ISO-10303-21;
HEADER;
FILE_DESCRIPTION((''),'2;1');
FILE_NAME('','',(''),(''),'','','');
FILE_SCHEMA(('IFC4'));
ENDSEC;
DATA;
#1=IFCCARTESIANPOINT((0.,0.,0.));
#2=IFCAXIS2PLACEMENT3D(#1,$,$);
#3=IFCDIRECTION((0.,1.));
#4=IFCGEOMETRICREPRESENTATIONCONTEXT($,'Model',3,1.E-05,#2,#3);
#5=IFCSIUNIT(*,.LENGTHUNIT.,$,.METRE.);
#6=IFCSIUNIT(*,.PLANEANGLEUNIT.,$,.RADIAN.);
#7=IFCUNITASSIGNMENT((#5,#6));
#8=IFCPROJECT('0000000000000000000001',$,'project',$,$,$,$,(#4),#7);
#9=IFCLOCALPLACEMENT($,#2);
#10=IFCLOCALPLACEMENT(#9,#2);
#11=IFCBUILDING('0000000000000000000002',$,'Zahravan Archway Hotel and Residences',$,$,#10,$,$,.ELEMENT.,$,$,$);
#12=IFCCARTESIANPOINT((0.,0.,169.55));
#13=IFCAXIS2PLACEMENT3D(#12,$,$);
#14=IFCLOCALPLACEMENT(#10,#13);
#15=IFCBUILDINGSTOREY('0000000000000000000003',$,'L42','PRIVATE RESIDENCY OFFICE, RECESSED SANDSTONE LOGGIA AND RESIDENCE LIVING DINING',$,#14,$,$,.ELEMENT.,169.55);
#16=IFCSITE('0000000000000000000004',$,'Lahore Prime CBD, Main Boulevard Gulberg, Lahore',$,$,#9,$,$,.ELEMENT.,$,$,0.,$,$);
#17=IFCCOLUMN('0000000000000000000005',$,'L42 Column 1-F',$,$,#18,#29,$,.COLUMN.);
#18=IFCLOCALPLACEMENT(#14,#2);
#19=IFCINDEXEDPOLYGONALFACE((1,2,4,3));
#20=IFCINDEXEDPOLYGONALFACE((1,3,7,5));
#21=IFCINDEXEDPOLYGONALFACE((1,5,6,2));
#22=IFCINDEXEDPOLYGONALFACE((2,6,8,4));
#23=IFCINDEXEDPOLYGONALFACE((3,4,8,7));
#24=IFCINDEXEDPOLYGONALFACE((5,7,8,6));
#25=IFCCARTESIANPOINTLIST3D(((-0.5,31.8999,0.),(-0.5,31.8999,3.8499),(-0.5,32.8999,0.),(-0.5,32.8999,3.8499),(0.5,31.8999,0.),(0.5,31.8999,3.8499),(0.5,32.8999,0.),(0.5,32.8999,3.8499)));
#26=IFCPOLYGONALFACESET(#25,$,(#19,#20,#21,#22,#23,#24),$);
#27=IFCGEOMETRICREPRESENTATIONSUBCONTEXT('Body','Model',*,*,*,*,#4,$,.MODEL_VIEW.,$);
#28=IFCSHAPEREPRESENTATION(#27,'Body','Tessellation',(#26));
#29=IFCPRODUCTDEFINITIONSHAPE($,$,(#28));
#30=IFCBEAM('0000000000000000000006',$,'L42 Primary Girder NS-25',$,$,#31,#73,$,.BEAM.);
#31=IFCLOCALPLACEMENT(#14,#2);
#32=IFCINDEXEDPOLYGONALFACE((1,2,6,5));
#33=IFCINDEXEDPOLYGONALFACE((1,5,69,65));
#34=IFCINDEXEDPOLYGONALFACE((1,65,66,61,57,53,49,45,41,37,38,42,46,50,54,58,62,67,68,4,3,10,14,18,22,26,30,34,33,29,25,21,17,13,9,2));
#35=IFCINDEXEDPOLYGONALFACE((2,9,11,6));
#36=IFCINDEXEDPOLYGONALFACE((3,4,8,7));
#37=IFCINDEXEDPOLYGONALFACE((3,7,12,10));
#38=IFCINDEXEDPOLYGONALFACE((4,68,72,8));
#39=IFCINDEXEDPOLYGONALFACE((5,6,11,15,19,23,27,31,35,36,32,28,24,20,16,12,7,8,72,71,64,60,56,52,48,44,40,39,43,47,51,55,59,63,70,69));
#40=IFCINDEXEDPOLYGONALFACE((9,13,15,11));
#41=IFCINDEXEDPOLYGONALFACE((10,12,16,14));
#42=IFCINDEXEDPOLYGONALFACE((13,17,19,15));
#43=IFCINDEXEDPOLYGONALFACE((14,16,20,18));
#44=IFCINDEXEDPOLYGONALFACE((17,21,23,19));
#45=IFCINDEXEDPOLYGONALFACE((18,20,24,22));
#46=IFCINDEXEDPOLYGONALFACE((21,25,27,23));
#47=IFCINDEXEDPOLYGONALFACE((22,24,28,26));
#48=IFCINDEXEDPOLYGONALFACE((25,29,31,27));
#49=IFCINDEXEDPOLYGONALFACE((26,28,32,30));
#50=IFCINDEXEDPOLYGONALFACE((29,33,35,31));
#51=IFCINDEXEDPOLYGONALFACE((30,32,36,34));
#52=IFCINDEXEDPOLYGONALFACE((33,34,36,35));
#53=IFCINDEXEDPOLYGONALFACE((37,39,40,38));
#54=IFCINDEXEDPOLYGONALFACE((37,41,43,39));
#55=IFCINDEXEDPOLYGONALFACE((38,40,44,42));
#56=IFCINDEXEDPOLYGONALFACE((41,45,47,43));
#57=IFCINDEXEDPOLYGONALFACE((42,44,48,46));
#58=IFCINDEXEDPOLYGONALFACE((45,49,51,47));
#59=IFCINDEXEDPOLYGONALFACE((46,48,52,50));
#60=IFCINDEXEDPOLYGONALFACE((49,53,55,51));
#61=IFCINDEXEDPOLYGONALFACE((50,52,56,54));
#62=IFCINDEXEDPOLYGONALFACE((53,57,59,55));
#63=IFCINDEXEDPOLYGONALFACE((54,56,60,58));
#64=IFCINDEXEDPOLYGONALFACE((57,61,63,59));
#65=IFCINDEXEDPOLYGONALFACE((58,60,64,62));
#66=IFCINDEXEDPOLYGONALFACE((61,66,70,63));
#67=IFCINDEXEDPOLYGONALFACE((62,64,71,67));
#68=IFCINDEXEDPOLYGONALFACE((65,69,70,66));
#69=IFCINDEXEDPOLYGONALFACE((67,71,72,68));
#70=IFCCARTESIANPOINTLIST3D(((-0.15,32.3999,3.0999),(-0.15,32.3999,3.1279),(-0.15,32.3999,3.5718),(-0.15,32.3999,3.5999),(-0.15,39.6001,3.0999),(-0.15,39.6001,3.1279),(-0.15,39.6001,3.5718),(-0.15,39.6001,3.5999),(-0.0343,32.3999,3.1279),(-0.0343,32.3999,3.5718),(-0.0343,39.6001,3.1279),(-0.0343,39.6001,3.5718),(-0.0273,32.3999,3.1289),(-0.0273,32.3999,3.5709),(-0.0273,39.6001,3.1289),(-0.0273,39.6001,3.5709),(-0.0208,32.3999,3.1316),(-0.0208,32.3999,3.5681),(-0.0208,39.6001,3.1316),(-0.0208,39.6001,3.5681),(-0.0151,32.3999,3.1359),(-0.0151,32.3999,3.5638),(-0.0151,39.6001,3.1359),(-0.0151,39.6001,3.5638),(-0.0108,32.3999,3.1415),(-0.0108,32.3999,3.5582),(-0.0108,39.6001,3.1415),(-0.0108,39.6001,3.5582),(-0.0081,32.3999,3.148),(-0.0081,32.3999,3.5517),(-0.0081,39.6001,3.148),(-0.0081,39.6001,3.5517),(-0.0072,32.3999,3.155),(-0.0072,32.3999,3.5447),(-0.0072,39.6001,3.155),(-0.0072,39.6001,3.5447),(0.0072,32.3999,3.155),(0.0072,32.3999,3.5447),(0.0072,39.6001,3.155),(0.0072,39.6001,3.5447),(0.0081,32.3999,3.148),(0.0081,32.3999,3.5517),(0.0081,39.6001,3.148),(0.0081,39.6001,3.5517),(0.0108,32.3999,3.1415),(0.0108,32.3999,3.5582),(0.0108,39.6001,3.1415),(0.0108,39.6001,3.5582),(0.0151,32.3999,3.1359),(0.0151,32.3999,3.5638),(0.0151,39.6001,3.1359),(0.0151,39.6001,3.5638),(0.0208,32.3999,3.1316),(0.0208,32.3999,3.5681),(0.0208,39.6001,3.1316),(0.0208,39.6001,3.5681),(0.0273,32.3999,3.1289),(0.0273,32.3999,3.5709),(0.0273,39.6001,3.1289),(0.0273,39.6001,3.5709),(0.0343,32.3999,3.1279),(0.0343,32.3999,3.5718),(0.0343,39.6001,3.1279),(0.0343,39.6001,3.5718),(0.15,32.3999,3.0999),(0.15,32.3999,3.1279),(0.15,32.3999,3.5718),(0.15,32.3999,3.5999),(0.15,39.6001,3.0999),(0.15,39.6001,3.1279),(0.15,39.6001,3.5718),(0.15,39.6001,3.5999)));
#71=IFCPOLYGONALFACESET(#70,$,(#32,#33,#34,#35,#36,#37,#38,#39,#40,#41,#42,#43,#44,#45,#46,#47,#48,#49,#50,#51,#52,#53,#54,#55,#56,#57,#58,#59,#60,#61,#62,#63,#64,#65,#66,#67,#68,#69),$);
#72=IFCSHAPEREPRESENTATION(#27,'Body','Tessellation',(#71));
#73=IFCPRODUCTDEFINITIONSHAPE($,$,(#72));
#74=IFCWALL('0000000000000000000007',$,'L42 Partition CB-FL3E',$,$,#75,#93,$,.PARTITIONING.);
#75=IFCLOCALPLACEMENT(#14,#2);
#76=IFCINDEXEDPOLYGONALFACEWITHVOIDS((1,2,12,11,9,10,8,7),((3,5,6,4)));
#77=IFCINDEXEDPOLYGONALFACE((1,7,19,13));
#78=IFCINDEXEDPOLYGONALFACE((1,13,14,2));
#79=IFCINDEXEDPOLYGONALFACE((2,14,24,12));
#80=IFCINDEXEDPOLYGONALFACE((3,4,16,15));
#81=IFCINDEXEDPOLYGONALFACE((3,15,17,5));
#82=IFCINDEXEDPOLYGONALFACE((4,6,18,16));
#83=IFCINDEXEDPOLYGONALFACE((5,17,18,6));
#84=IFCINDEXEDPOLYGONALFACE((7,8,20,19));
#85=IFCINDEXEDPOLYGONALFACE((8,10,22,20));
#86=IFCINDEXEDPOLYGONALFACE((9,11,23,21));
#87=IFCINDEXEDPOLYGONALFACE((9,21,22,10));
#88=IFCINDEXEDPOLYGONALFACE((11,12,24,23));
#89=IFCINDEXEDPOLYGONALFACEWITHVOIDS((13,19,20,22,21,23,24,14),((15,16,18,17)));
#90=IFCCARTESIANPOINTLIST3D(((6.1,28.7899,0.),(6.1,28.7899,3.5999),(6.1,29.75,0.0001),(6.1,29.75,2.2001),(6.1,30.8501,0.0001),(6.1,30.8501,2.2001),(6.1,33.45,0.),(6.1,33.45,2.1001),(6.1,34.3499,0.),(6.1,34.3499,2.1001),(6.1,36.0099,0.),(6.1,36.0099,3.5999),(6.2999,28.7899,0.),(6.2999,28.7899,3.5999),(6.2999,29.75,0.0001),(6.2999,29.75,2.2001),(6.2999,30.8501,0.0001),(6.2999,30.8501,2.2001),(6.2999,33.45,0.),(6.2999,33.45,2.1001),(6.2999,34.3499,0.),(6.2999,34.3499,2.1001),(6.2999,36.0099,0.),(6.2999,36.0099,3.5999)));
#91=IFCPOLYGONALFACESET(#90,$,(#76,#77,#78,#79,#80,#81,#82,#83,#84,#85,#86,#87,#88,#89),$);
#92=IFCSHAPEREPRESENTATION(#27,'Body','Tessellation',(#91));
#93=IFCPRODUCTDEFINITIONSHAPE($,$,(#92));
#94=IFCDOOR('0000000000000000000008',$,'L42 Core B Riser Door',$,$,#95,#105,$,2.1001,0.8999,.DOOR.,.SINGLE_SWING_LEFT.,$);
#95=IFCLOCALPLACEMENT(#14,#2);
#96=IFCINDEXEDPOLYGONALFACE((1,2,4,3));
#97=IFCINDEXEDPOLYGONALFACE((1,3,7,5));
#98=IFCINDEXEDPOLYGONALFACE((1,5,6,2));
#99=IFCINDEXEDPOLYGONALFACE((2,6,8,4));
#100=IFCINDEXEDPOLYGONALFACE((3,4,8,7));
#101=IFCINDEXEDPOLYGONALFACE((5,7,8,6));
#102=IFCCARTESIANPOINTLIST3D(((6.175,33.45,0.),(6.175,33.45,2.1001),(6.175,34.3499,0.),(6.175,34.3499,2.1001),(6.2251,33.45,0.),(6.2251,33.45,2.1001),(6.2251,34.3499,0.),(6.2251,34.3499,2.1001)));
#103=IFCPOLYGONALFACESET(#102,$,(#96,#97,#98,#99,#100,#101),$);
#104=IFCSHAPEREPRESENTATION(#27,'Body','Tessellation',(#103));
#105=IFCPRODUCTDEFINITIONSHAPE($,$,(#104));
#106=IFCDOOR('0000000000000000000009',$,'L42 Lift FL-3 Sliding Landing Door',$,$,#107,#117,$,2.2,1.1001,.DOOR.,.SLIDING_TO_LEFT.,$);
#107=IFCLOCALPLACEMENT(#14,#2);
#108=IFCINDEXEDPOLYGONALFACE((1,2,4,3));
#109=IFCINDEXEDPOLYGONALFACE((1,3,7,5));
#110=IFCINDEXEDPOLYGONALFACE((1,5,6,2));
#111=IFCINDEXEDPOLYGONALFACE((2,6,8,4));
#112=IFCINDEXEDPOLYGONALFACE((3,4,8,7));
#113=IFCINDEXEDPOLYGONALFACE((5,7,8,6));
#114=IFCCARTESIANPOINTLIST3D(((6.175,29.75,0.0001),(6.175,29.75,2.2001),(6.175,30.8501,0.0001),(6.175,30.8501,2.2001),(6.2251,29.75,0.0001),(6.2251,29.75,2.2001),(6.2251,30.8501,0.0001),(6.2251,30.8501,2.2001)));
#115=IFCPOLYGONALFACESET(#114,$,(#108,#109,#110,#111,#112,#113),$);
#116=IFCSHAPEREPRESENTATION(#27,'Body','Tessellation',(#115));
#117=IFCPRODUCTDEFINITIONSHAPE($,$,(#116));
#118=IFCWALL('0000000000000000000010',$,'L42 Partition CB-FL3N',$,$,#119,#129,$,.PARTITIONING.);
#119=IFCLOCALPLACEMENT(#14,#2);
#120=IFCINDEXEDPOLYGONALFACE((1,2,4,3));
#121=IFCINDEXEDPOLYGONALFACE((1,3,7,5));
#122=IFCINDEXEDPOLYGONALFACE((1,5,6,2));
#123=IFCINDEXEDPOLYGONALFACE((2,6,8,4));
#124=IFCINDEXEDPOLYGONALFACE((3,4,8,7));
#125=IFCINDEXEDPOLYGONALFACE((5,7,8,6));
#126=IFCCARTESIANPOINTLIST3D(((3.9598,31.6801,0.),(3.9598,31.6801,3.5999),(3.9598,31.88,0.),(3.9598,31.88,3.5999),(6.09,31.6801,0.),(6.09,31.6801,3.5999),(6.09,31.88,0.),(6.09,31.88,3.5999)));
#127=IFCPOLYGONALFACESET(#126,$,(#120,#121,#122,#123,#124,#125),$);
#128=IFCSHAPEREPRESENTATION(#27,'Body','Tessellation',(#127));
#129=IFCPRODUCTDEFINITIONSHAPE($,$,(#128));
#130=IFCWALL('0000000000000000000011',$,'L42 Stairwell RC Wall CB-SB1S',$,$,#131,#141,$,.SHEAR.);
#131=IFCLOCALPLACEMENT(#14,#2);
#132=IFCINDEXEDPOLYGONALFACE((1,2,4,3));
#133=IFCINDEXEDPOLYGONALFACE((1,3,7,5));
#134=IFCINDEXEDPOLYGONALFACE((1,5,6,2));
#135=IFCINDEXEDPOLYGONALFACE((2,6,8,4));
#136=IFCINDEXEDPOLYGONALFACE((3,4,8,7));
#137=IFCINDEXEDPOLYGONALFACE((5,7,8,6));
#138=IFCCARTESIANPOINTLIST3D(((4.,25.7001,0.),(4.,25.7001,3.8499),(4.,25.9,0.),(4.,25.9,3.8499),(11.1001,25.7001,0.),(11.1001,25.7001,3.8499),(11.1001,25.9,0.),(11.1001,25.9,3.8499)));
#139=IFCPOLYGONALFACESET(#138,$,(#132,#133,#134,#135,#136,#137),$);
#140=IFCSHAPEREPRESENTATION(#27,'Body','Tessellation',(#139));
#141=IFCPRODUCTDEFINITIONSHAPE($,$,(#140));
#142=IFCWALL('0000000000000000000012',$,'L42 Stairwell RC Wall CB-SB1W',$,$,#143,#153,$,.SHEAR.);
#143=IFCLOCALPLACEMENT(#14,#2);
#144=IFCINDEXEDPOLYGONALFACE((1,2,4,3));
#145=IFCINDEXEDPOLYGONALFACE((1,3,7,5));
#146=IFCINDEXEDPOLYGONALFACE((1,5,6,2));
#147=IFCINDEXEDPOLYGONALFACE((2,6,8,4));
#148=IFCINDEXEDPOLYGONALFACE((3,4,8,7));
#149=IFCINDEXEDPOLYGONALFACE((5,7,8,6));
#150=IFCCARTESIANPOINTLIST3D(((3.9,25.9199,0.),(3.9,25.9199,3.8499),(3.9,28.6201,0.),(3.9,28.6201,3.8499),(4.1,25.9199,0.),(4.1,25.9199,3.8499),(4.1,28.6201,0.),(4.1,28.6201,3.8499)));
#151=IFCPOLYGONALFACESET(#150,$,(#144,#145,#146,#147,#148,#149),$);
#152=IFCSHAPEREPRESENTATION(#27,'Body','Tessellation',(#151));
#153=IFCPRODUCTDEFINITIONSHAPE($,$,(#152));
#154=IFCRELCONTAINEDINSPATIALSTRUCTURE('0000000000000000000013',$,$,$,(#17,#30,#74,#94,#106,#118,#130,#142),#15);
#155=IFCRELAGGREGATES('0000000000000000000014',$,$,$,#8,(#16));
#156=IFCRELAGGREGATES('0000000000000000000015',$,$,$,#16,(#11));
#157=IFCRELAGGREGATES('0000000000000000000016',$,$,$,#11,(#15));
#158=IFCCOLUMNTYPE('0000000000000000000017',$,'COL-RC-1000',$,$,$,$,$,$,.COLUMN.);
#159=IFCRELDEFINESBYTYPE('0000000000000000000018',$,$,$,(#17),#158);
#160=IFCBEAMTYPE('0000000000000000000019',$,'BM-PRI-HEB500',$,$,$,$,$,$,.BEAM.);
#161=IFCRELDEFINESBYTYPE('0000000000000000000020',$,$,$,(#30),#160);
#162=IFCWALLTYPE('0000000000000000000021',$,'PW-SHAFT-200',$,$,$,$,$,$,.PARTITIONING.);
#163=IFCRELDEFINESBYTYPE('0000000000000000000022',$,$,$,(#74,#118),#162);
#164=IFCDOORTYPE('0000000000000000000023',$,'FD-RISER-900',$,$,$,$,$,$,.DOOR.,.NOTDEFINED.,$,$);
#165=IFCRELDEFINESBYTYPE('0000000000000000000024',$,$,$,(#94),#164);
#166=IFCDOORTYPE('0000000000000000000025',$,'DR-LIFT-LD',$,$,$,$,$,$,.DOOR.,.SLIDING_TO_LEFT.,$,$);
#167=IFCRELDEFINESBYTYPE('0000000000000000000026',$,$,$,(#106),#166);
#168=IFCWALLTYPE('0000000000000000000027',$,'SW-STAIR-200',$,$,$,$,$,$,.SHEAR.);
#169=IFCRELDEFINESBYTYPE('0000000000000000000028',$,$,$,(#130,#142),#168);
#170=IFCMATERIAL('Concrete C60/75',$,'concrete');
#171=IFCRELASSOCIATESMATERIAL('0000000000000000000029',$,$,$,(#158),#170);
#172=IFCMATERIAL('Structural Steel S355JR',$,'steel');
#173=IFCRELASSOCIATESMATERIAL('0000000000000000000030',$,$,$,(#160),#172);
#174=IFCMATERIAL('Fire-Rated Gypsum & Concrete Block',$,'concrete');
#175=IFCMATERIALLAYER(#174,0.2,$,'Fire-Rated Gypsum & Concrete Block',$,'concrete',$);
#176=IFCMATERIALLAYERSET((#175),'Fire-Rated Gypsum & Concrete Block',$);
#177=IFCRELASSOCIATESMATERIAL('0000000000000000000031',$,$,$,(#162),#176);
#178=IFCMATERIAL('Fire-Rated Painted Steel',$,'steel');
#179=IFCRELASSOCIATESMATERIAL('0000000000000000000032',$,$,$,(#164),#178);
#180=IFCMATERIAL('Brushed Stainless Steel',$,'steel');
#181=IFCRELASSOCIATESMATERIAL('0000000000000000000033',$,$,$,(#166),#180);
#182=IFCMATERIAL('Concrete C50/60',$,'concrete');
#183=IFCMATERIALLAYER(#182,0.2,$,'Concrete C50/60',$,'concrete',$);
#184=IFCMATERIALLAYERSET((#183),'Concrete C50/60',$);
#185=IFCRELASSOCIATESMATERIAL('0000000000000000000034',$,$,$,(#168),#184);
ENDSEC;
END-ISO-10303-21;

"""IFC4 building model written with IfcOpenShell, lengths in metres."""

from ifc_helpers import new_model, si_unit, direction, frame, frame_2d, origin, origin_2d, place, context, subcontext, project, spatial, rectangle, i_section, extrude, source, transform, mapped, material, layer, layer_set, material_profile, profile_set, type_object, type_shapes, element, fill, save


model = new_model("IFC4")

# Units and contexts
model_context = context("Model", 3, precision=1e-05, world=origin(), true_north=direction((0.0, 1.0)))
body_context = subcontext(model_context, "Body", "Model", "MODEL_VIEW")
ifc_project = project(units=[si_unit("LENGTHUNIT", "METRE"), si_unit("PLANEANGLEUNIT", "RADIAN")], contexts=[model_context])

# Site, building, storey
site_placement = place(None, origin())
site = spatial("IfcSite", under=ifc_project, at=site_placement, Name="Lahore Prime CBD, Main Boulevard Gulberg, Lahore", CompositionType="ELEMENT", RefElevation=0.0)
building_placement = place(site_placement, origin())
building = spatial("IfcBuilding", under=site, at=building_placement, Name="Zahravan Archway Hotel and Residences", CompositionType="ELEMENT")
storey_placement = place(building_placement, frame((0.0, 0.0, 169.55)))
storey = spatial("IfcBuildingStorey", under=building, at=storey_placement, Name="L42", Description="PRIVATE RESIDENCY OFFICE, RECESSED SANDSTONE LOGGIA AND RESIDENCE LIVING DINING", CompositionType="ELEMENT", Elevation=169.55)

# Column
ifc_material_1 = material(Name="Concrete C60/75", Category="concrete")
ifc_material_profile_1 = material_profile(ifc_material_1, rectangle(XDim=1.0, YDim=1.0, at=origin_2d()), Name="RC-COL-1000x1000", Category="concrete")
ifc_profile_set_1 = profile_set([ifc_material_profile_1], Name="Concrete C60/75")
column_type = type_object("IfcColumnType", Name="COL-RC-1000", PredefinedType="COLUMN", material=ifc_profile_set_1)
shared_shape_1 = source(origin(), body_context, "Body", "SweptSolid", [
    extrude(rectangle(XDim=1.0, YDim=1.0, at=origin_2d()), origin(), (0.0, 0.0, 1.0), 3.8499),
])
column_placement = place(storey_placement, frame((0.0, 32.3999, 0.0), z_axis=(0.0, 0.0, 1.0), x_axis=(1.0, 0.0, 0.0)))
element("IfcColumn", 1, at=column_placement, inside=storey, type_object=column_type, Name="L42 Column 1-F", PredefinedType="COLUMN", context=body_context, shape_type="MappedRepresentation", body=[
    mapped(shared_shape_1, transform((0.0, 0.0, 0.0), scale=1.0)),
])

# Beam
ifc_material_2 = material(Name="Structural Steel S355JR", Category="steel")
ifc_material_profile_2 = material_profile(ifc_material_2, i_section(OverallWidth=0.3, OverallDepth=0.5, WebThickness=0.0144, FlangeThickness=0.0281, FilletRadius=0.0271, at=origin_2d()), Name="HEB 500", Category="steel")
ifc_profile_set_2 = profile_set([ifc_material_profile_2], Name="Structural Steel S355JR")
beam_type = type_object("IfcBeamType", Name="BM-PRI-HEB500", PredefinedType="BEAM", material=ifc_profile_set_2)
shared_shape_2 = source(origin(), body_context, "Body", "SweptSolid", [
    extrude(i_section(OverallWidth=0.3, OverallDepth=0.5, WebThickness=0.0144, FlangeThickness=0.0281, FilletRadius=0.0271, at=origin_2d()), origin(), (0.0, 0.0, 1.0), 7.2002),
])
type_shapes(beam_type, [shared_shape_2])
beam_placement = place(storey_placement, frame((0.0, 32.3999, 3.3499), z_axis=(0.0, 1.0, 0.0), x_axis=(-1.0, 0.0, 0.0)))
element("IfcBeam", 2, at=beam_placement, inside=storey, type_object=beam_type, Name="L42 Primary Girder NS-25", PredefinedType="BEAM", context=body_context, shape_type="MappedRepresentation", body=[
    mapped(shared_shape_2, transform((0.0, 0.0, 0.0), scale=1.0)),
])

# Wall, openings, doors
ifc_material_3 = material(Name="Fire-Rated Gypsum & Concrete Block", Category="concrete")
ifc_layer_1 = layer(ifc_material_3, 0.2, Name="Fire-Rated Gypsum & Concrete Block", Category="concrete")
ifc_layer_set_1 = layer_set([ifc_layer_1], Name="Fire-Rated Gypsum & Concrete Block")
wall_type_1 = type_object("IfcWallType", Name="PW-SHAFT-200", PredefinedType="PARTITIONING", material=ifc_layer_set_1)
wall_1_placement = place(storey_placement, frame((6.2, 28.79, 0.0), z_axis=(0.0, 0.0, 1.0), x_axis=(0.0, 1.0, 0.0)))
wall_1 = element("IfcWall", 3, at=wall_1_placement, inside=storey, type_object=wall_type_1, Name="L42 Partition CB-FL3E", PredefinedType="PARTITIONING", context=body_context, shape_type="SweptSolid", body=[
    extrude(rectangle(XDim=7.22, YDim=0.2, at=frame_2d((3.6099, 0.0))), origin(), (0.0, 0.0, 1.0), 3.5999),
])
opening_1_placement = place(wall_1_placement, frame((4.6599, 0.0, 0.0)))
opening_1 = element("IfcOpeningElement", 4, at=opening_1_placement, cuts=wall_1, PredefinedType="OPENING", context=body_context, shape_type="SweptSolid", body=[
    extrude(rectangle(XDim=0.8999, YDim=2.1001, at=frame_2d((0.45, 1.05))), frame((0.0, 0.1099, 0.0), z_axis=(0.0, -1.0, 0.0), x_axis=(1.0, 0.0, 0.0)), (0.0, 0.0, 1.0), 0.22),
])
opening_2_placement = place(wall_1_placement, frame((0.96, 0.0, 0.0)))
opening_2 = element("IfcOpeningElement", 5, at=opening_2_placement, cuts=wall_1, PredefinedType="OPENING", context=body_context, shape_type="SweptSolid", body=[
    extrude(rectangle(XDim=1.1001, YDim=2.2, at=frame_2d((0.55, 1.1001))), frame((0.0, 0.1099, 0.0), z_axis=(0.0, -1.0, 0.0), x_axis=(1.0, 0.0, 0.0)), (0.0, 0.0, 1.0), 0.22),
])
ifc_material_4 = material(Name="Fire-Rated Painted Steel", Category="steel")
door_type_1 = type_object("IfcDoorType", Name="FD-RISER-900", OperationType="NOTDEFINED", PredefinedType="DOOR", material=ifc_material_4)
shared_shape_3 = source(origin(), body_context, "Body", "SweptSolid", [
    extrude(rectangle(XDim=0.8999, YDim=2.1001, at=frame_2d((0.45, 1.05))), frame((0.0, 0.0249, 0.0), z_axis=(0.0, -1.0, 0.0), x_axis=(1.0, 0.0, 0.0)), (0.0, 0.0, 1.0), 0.05),
])
type_shapes(door_type_1, [shared_shape_3])
door_1_placement = place(opening_1_placement, origin())
door_1 = element("IfcDoor", 6, at=door_1_placement, inside=storey, type_object=door_type_1, Name="L42 Core B Riser Door", OperationType="SINGLE_SWING_LEFT", OverallHeight=2.1001, OverallWidth=0.8999, PredefinedType="DOOR", context=body_context, shape_type="MappedRepresentation", body=[
    mapped(shared_shape_3, transform((0.0, 0.0, 0.0), scale=1.0)),
])
fill(opening_1, door_1)
ifc_material_5 = material(Name="Brushed Stainless Steel", Category="steel")
door_type_2 = type_object("IfcDoorType", Name="DR-LIFT-LD", OperationType="SLIDING_TO_LEFT", PredefinedType="DOOR", material=ifc_material_5)
shared_shape_4 = source(origin(), body_context, "Body", "SweptSolid", [
    extrude(rectangle(XDim=1.1001, YDim=2.2, at=frame_2d((0.55, 1.1001))), frame((0.0, 0.0249, 0.0), z_axis=(0.0, -1.0, 0.0), x_axis=(1.0, 0.0, 0.0)), (0.0, 0.0, 1.0), 0.05),
])
type_shapes(door_type_2, [shared_shape_4])
door_2_placement = place(opening_2_placement, origin())
door_2 = element("IfcDoor", 7, at=door_2_placement, inside=storey, type_object=door_type_2, Name="L42 Lift FL-3 Sliding Landing Door", OperationType="SLIDING_TO_LEFT", OverallHeight=2.2, OverallWidth=1.1001, PredefinedType="DOOR", context=body_context, shape_type="MappedRepresentation", body=[
    mapped(shared_shape_4, transform((0.0, 0.0, 0.0), scale=1.0)),
])
fill(opening_2, door_2)

# Walls
wall_2_placement = place(storey_placement, frame((3.96, 31.78, 0.0), z_axis=(0.0, 0.0, 1.0), x_axis=(1.0, 0.0, 0.0)))
element("IfcWall", 8, at=wall_2_placement, inside=storey, type_object=wall_type_1, Name="L42 Partition CB-FL3N", PredefinedType="PARTITIONING", context=body_context, shape_type="SweptSolid", body=[
    extrude(rectangle(XDim=2.1301, YDim=0.2, at=frame_2d((1.0649, 0.0))), origin(), (0.0, 0.0, 1.0), 3.5999),
])
ifc_material_6 = material(Name="Concrete C50/60", Category="concrete")
ifc_layer_2 = layer(ifc_material_6, 0.2, Name="Concrete C50/60", Category="concrete")
ifc_layer_set_2 = layer_set([ifc_layer_2], Name="Concrete C50/60")
wall_type_2 = type_object("IfcWallType", Name="SW-STAIR-200", PredefinedType="SHEAR", material=ifc_layer_set_2)
wall_3_placement = place(storey_placement, frame((4.0, 25.8, 0.0), z_axis=(0.0, 0.0, 1.0), x_axis=(1.0, 0.0, 0.0)))
element("IfcWall", 9, at=wall_3_placement, inside=storey, type_object=wall_type_2, Name="L42 Stairwell RC Wall CB-SB1S", PredefinedType="SHEAR", context=body_context, shape_type="SweptSolid", body=[
    extrude(rectangle(XDim=7.1001, YDim=0.2, at=frame_2d((3.55, 0.0))), origin(), (0.0, 0.0, 1.0), 3.8499),
])
wall_4_placement = place(storey_placement, frame((4.0, 25.9199, 0.0), z_axis=(0.0, 0.0, 1.0), x_axis=(0.0, 1.0, 0.0)))
element("IfcWall", 10, at=wall_4_placement, inside=storey, type_object=wall_type_2, Name="L42 Stairwell RC Wall CB-SB1W", PredefinedType="SHEAR", context=body_context, shape_type="SweptSolid", body=[
    extrude(rectangle(XDim=2.7002, YDim=0.2, at=frame_2d((1.3501, 0.0))), origin(), (0.0, 0.0, 1.0), 3.8499),
])

save(model, "model.ifc")
